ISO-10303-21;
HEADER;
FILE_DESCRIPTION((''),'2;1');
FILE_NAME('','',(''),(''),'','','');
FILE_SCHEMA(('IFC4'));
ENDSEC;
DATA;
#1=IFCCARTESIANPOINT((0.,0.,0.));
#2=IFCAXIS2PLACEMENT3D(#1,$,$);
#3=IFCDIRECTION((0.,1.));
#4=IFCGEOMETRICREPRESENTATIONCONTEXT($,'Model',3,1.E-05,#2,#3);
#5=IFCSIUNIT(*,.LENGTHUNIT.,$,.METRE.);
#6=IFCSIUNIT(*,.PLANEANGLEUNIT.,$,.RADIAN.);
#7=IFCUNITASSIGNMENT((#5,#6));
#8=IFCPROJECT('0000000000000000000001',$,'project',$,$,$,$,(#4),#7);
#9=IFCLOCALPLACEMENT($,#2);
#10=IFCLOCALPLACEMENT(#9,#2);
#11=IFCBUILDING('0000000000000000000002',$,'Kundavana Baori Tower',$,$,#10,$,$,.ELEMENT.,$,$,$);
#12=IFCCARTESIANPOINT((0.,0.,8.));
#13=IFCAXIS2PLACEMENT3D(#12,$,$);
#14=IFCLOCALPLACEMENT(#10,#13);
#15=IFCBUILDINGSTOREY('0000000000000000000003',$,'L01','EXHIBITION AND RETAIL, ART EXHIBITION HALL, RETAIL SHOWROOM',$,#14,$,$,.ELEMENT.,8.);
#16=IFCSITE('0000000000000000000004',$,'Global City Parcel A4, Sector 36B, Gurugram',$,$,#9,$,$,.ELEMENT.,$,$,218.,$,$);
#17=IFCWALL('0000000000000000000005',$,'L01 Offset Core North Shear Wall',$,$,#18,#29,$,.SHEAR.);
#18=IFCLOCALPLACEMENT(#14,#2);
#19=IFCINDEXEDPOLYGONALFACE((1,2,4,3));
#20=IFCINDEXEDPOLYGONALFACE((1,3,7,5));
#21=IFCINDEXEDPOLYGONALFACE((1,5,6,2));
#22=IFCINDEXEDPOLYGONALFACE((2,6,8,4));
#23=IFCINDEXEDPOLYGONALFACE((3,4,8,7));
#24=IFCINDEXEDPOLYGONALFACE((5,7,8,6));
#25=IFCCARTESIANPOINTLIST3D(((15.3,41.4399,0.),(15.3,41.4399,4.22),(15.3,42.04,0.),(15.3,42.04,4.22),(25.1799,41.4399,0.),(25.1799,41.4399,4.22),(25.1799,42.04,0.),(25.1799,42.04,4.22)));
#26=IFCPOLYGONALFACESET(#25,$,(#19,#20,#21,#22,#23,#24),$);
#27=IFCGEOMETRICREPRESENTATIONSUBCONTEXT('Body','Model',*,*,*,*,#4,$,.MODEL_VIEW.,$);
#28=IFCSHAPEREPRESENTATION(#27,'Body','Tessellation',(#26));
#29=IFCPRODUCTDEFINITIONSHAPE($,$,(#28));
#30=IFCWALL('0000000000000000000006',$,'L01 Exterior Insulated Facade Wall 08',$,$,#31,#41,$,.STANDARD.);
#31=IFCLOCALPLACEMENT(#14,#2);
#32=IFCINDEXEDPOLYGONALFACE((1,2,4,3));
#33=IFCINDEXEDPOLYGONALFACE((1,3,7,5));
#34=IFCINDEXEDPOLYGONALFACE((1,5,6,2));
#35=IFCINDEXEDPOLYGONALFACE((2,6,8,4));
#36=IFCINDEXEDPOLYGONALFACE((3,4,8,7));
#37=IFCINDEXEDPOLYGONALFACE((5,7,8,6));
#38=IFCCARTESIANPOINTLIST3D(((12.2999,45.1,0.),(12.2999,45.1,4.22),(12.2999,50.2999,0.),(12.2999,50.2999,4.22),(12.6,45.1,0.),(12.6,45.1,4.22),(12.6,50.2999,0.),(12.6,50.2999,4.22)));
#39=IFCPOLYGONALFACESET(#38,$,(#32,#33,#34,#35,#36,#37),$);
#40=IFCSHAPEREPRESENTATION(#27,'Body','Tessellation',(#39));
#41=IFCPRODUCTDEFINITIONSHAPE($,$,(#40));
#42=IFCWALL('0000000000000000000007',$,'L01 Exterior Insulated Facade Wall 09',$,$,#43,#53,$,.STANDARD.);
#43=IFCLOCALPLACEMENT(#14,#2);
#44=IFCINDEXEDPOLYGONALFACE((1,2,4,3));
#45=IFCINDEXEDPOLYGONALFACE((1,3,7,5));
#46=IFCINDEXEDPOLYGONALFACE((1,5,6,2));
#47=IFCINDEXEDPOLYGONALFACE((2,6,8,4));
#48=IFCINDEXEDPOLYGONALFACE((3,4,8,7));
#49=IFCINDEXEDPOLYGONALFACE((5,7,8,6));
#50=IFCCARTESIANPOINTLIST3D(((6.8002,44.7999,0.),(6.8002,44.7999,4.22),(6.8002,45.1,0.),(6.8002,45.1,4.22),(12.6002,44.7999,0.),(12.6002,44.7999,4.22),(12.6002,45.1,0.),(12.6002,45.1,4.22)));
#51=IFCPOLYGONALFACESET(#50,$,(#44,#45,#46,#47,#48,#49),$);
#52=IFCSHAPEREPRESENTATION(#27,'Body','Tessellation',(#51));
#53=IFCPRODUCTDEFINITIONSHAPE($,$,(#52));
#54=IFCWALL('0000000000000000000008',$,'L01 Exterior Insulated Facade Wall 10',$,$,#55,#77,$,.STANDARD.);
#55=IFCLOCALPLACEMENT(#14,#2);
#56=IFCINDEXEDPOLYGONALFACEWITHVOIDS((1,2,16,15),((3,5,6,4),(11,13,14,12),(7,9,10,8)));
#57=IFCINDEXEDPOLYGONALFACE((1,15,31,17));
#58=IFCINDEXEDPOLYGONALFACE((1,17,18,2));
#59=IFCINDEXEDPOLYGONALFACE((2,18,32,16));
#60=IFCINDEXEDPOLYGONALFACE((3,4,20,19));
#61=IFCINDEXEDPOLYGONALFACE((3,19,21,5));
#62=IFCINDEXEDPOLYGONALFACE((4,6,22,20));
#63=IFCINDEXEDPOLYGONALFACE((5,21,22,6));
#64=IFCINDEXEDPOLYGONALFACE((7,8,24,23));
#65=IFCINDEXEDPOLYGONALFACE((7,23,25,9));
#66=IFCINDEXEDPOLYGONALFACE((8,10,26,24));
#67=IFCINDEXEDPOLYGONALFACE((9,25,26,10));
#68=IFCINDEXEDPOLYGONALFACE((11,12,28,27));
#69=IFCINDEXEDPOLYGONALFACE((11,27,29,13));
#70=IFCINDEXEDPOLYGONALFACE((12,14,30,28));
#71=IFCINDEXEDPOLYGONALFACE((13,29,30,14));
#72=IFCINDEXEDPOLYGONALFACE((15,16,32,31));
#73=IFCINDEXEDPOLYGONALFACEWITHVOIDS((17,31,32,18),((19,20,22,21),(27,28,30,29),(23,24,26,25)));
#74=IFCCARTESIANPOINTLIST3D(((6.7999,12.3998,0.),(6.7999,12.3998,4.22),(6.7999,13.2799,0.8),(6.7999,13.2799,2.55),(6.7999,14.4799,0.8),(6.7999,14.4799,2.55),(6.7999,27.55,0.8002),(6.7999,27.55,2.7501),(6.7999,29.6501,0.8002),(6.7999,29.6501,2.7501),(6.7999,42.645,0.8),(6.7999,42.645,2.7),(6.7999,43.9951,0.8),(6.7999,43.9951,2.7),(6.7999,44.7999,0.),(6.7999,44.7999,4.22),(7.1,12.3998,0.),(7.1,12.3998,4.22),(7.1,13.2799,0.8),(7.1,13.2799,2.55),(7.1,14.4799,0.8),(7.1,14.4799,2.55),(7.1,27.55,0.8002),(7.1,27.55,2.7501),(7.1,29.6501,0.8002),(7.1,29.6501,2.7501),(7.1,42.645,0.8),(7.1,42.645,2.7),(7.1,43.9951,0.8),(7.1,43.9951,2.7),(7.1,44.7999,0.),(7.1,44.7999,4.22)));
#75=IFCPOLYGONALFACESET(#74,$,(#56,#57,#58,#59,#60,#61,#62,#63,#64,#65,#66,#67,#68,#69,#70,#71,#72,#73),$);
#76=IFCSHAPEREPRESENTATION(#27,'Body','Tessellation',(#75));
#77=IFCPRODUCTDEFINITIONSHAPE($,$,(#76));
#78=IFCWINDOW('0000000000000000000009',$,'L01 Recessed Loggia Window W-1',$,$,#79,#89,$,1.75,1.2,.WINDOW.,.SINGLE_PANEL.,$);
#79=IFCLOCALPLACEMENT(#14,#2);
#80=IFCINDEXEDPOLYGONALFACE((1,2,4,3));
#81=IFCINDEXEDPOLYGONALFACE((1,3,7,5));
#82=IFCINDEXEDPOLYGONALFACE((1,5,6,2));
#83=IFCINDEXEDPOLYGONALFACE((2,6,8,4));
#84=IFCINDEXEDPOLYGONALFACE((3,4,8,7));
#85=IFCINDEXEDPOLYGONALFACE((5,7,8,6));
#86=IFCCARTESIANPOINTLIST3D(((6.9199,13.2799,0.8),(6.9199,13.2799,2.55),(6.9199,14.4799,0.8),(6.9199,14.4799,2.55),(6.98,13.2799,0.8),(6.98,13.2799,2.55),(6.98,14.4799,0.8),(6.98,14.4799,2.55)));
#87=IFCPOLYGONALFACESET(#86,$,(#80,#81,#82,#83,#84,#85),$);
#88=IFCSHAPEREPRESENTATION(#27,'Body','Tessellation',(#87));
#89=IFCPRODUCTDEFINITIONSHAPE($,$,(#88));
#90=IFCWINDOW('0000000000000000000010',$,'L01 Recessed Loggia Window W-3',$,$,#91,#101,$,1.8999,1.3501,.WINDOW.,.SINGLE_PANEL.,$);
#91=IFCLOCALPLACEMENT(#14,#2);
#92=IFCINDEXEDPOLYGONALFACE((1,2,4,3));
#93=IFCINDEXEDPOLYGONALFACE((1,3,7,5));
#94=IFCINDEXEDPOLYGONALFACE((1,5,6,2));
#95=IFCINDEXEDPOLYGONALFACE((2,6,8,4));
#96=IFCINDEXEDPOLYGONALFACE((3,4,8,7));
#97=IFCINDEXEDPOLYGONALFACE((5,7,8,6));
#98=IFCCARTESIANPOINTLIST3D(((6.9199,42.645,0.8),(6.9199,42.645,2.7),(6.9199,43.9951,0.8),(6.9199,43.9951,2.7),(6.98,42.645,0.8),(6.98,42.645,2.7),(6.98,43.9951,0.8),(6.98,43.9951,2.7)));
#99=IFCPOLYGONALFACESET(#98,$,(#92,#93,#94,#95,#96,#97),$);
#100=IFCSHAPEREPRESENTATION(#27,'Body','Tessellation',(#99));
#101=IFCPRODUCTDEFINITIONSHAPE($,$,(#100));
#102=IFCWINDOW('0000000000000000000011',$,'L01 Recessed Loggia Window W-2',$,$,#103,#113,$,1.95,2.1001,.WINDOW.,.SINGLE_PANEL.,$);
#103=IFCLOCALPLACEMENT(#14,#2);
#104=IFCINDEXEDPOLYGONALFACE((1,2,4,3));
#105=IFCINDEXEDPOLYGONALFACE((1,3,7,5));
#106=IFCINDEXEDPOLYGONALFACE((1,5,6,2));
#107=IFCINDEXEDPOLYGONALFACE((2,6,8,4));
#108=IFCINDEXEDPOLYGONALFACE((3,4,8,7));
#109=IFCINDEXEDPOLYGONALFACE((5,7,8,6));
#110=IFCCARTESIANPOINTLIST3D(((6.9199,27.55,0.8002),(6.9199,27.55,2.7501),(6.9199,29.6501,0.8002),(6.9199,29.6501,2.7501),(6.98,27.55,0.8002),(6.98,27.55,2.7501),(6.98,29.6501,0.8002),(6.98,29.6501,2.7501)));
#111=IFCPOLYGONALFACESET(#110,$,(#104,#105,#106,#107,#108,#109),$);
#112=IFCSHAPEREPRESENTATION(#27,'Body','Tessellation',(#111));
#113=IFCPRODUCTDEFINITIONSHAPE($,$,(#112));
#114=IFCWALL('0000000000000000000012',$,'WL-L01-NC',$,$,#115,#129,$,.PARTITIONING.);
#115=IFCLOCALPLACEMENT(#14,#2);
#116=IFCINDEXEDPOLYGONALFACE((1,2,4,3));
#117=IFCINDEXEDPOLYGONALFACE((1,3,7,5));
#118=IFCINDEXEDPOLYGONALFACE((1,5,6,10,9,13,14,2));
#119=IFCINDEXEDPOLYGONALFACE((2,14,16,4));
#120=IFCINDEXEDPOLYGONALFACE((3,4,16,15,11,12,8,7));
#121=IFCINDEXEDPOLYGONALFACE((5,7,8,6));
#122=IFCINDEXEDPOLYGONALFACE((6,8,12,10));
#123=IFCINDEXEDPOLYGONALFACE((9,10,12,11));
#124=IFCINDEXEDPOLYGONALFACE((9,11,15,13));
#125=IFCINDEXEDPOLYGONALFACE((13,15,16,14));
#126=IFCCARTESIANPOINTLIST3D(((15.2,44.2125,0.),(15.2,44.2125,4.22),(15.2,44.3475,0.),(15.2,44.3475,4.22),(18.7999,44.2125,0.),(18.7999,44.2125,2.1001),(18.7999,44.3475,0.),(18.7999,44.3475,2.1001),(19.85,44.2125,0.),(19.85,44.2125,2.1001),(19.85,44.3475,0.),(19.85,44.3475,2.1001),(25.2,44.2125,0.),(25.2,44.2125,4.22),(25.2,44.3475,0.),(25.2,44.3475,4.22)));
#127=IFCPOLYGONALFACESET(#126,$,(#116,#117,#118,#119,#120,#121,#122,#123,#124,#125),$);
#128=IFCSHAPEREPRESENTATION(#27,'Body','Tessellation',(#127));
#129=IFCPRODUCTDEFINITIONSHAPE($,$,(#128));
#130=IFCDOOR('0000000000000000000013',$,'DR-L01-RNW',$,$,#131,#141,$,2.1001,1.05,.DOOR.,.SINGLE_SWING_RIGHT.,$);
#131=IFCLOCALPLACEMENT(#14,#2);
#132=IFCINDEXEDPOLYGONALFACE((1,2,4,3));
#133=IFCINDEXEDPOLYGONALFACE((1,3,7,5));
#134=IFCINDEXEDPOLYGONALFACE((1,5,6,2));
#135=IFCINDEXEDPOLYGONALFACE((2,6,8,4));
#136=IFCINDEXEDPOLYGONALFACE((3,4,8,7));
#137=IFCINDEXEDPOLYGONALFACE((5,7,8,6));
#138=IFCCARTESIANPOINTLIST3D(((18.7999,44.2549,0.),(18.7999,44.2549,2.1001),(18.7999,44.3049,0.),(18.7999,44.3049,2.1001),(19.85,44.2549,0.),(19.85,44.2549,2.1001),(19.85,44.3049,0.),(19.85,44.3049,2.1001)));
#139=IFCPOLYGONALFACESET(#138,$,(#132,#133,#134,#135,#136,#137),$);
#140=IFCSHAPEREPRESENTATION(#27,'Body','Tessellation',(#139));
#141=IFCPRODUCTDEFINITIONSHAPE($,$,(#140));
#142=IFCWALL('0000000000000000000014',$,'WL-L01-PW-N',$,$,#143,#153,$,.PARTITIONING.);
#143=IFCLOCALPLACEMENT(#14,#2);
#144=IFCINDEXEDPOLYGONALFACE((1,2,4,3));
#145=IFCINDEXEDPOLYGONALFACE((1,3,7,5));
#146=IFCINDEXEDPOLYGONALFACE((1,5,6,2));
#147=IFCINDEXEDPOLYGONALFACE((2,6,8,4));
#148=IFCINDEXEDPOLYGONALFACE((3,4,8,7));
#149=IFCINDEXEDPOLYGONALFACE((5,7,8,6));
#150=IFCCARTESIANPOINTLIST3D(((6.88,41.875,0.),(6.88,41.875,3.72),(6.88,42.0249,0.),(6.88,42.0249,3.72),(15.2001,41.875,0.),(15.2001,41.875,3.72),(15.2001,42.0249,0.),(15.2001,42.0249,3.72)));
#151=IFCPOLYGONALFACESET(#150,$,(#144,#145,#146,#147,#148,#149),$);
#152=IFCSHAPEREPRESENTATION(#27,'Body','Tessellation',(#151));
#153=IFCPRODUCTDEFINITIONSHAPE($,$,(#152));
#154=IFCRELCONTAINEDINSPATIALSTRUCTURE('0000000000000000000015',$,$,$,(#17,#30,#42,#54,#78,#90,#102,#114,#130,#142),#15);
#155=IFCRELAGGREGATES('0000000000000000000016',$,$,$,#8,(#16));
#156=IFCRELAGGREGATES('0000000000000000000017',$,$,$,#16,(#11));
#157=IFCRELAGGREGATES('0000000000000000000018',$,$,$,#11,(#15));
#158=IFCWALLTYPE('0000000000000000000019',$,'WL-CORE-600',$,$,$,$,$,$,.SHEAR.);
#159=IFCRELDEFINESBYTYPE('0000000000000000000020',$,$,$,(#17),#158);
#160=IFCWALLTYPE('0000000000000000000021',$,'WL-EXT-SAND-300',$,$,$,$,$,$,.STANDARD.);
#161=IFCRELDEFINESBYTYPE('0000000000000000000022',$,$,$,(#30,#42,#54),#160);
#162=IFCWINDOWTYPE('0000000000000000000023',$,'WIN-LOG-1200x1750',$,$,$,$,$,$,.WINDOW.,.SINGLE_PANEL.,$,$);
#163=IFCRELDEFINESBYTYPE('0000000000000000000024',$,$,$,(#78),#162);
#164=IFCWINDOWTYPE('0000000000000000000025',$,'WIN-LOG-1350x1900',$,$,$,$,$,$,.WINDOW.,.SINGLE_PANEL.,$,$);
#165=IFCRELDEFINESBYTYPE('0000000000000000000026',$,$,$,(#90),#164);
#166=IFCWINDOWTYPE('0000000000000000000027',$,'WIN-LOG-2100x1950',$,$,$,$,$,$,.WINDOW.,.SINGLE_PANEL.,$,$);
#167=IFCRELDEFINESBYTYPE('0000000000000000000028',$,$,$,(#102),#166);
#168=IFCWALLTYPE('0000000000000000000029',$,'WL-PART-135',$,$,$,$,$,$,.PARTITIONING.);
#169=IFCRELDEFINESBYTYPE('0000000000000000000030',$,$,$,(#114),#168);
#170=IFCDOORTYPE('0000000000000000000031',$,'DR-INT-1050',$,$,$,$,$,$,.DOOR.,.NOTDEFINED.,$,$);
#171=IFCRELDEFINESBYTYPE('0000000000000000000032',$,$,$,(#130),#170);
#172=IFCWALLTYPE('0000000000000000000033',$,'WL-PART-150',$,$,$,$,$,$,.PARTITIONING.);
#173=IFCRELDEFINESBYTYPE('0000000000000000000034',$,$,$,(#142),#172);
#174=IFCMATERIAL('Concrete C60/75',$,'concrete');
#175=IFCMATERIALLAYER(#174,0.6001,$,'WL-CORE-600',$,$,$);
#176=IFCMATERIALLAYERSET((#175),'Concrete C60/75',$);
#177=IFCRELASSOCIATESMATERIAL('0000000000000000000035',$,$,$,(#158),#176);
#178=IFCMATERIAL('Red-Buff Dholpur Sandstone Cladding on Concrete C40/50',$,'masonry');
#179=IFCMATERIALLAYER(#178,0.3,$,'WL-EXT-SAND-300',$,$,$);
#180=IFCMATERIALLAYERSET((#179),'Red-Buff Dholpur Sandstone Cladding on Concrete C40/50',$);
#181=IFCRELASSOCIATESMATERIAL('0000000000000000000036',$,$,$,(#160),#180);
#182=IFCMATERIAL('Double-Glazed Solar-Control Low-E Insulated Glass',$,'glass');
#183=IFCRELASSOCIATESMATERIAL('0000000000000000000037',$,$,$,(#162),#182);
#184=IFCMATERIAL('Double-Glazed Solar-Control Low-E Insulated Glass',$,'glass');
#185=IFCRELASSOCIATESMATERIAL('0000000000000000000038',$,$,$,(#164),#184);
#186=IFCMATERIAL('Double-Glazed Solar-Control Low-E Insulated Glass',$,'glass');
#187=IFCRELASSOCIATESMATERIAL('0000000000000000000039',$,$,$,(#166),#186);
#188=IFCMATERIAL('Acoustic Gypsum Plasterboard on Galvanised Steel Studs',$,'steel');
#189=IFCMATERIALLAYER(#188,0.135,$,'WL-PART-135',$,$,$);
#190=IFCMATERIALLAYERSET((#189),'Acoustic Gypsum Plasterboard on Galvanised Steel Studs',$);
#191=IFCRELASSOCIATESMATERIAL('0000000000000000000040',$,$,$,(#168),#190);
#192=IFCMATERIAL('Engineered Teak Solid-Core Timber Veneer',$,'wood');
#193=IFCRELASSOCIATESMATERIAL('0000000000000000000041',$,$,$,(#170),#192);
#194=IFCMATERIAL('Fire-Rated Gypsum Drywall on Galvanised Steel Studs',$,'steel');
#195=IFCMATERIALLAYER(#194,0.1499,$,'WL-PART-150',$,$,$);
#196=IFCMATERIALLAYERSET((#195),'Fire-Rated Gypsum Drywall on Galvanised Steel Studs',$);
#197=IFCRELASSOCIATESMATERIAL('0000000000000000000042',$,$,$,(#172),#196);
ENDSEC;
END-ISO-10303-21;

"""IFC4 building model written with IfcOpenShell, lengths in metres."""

from ifc_helpers import new_model, si_unit, direction, frame, frame_2d, origin, place, context, subcontext, project, spatial, rectangle, extrude, material, layer, layer_set, type_object, element, fill, save


model = new_model("IFC4")

# Units and contexts
model_context = context("Model", 3, precision=1e-05, world=origin(), true_north=direction((0.0, 1.0)))
body_context = subcontext(model_context, "Body", "Model", "MODEL_VIEW")
ifc_project = project(units=[si_unit("LENGTHUNIT", "METRE"), si_unit("PLANEANGLEUNIT", "RADIAN")], contexts=[model_context])

# Site, building, storey
site_placement = place(None, origin())
site = spatial("IfcSite", under=ifc_project, at=site_placement, Name="Global City Parcel A4, Sector 36B, Gurugram", CompositionType="ELEMENT", RefElevation=218.0)
building_placement = place(site_placement, origin())
building = spatial("IfcBuilding", under=site, at=building_placement, Name="Kundavana Baori Tower", CompositionType="ELEMENT")
storey_placement = place(building_placement, frame((0.0, 0.0, 8.0)))
storey = spatial("IfcBuildingStorey", under=building, at=storey_placement, Name="L01", Description="EXHIBITION AND RETAIL, ART EXHIBITION HALL, RETAIL SHOWROOM", CompositionType="ELEMENT", Elevation=8.0)

# Walls
ifc_material_1 = material(Name="Concrete C60/75", Category="concrete")
ifc_layer_1 = layer(ifc_material_1, 0.6001, Name="WL-CORE-600")
ifc_layer_set_1 = layer_set([ifc_layer_1], Name="Concrete C60/75")
wall_type_1 = type_object("IfcWallType", Name="WL-CORE-600", PredefinedType="SHEAR", material=ifc_layer_set_1)
wall_1_placement = place(storey_placement, frame((15.3, 41.74, 0.0), z_axis=(0.0, 0.0, 1.0), x_axis=(1.0, 0.0, 0.0)))
element("IfcWall", 1, at=wall_1_placement, inside=storey, type_object=wall_type_1, Name="L01 Offset Core North Shear Wall", PredefinedType="SHEAR", context=body_context, shape_type="SweptSolid", body=[
    extrude(rectangle(XDim=9.8799, YDim=0.6001, at=frame_2d((4.9399, 0.0))), origin(), (0.0, 0.0, 1.0), 4.22),
])
ifc_material_2 = material(Name="Red-Buff Dholpur Sandstone Cladding on Concrete C40/50", Category="masonry")
ifc_layer_2 = layer(ifc_material_2, 0.3, Name="WL-EXT-SAND-300")
ifc_layer_set_2 = layer_set([ifc_layer_2], Name="Red-Buff Dholpur Sandstone Cladding on Concrete C40/50")
wall_type_2 = type_object("IfcWallType", Name="WL-EXT-SAND-300", PredefinedType="STANDARD", material=ifc_layer_set_2)
wall_2_placement = place(storey_placement, frame((12.45, 50.3, 0.0), z_axis=(0.0, 0.0, 1.0), x_axis=(0.0, -1.0, 0.0)))
element("IfcWall", 2, at=wall_2_placement, inside=storey, type_object=wall_type_2, Name="L01 Exterior Insulated Facade Wall 08", PredefinedType="STANDARD", context=body_context, shape_type="SweptSolid", body=[
    extrude(rectangle(XDim=5.2, YDim=0.3, at=frame_2d((2.6001, 0.0))), origin(), (0.0, 0.0, 1.0), 4.22),
])
wall_3_placement = place(storey_placement, frame((12.6001, 44.95, 0.0), z_axis=(0.0, 0.0, 1.0), x_axis=(-1.0, 0.0, 0.0)))
element("IfcWall", 3, at=wall_3_placement, inside=storey, type_object=wall_type_2, Name="L01 Exterior Insulated Facade Wall 09", PredefinedType="STANDARD", context=body_context, shape_type="SweptSolid", body=[
    extrude(rectangle(XDim=5.8, YDim=0.3, at=frame_2d((2.8999, 0.0))), origin(), (0.0, 0.0, 1.0), 4.22),
])

# Wall, openings, windows
wall_4_placement = place(storey_placement, frame((6.95, 44.8, 0.0), z_axis=(0.0, 0.0, 1.0), x_axis=(0.0, -1.0, 0.0)))
wall_4 = element("IfcWall", 4, at=wall_4_placement, inside=storey, type_object=wall_type_2, Name="L01 Exterior Insulated Facade Wall 10", PredefinedType="STANDARD", context=body_context, shape_type="SweptSolid", body=[
    extrude(rectangle(XDim=32.4001, YDim=0.3, at=frame_2d((16.2002, 0.0))), origin(), (0.0, 0.0, 1.0), 4.22),
])
opening_1_placement = place(wall_4_placement, frame((30.3201, 0.0, 0.8)))
opening_1 = element("IfcOpeningElement", 5, at=opening_1_placement, cuts=wall_4, PredefinedType="OPENING", context=body_context, shape_type="SweptSolid", body=[
    extrude(rectangle(XDim=1.2, YDim=1.75, at=frame_2d((0.6001, 0.875))), frame((0.0, 0.1602, 0.0), z_axis=(0.0, -1.0, 0.0), x_axis=(1.0, 0.0, 0.0)), (0.0, 0.0, 1.0), 0.3201),
])
opening_2_placement = place(wall_4_placement, frame((15.1499, 0.0, 0.8)))
opening_2 = element("IfcOpeningElement", 6, at=opening_2_placement, cuts=wall_4, PredefinedType="OPENING", context=body_context, shape_type="SweptSolid", body=[
    extrude(rectangle(XDim=2.1001, YDim=1.95, at=frame_2d((1.05, 0.9751))), frame((0.0, 0.1602, 0.0), z_axis=(0.0, -1.0, 0.0), x_axis=(1.0, 0.0, 0.0)), (0.0, 0.0, 1.0), 0.3201),
])
opening_3_placement = place(wall_4_placement, frame((0.8049, 0.0, 0.8)))
opening_3 = element("IfcOpeningElement", 7, at=opening_3_placement, cuts=wall_4, PredefinedType="OPENING", context=body_context, shape_type="SweptSolid", body=[
    extrude(rectangle(XDim=1.3501, YDim=1.8999, at=frame_2d((0.675, 0.95))), frame((0.0, 0.1602, 0.0), z_axis=(0.0, -1.0, 0.0), x_axis=(1.0, 0.0, 0.0)), (0.0, 0.0, 1.0), 0.3201),
])
ifc_material_3 = material(Name="Double-Glazed Solar-Control Low-E Insulated Glass", Category="glass")
window_type_1 = type_object("IfcWindowType", Name="WIN-LOG-1200x1750", PartitioningType="SINGLE_PANEL", PredefinedType="WINDOW", material=ifc_material_3)
window_1_placement = place(opening_1_placement, origin())
window_1 = element("IfcWindow", 8, at=window_1_placement, inside=storey, type_object=window_type_1, Name="L01 Recessed Loggia Window W-1", OverallHeight=1.75, OverallWidth=1.2, PartitioningType="SINGLE_PANEL", PredefinedType="WINDOW", context=body_context, shape_type="SweptSolid", body=[
    extrude(rectangle(XDim=1.2, YDim=1.75, at=frame_2d((0.6001, 0.875))), frame((0.0, 0.03, 0.0), z_axis=(0.0, -1.0, 0.0), x_axis=(1.0, 0.0, 0.0)), (0.0, 0.0, 1.0), 0.0601),
])
fill(opening_1, window_1)
ifc_material_4 = material(Name="Double-Glazed Solar-Control Low-E Insulated Glass", Category="glass")
window_type_2 = type_object("IfcWindowType", Name="WIN-LOG-1350x1900", PartitioningType="SINGLE_PANEL", PredefinedType="WINDOW", material=ifc_material_4)
window_2_placement = place(opening_3_placement, origin())
window_2 = element("IfcWindow", 9, at=window_2_placement, inside=storey, type_object=window_type_2, Name="L01 Recessed Loggia Window W-3", OverallHeight=1.8999, OverallWidth=1.3501, PartitioningType="SINGLE_PANEL", PredefinedType="WINDOW", context=body_context, shape_type="SweptSolid", body=[
    extrude(rectangle(XDim=1.3501, YDim=1.8999, at=frame_2d((0.675, 0.95))), frame((0.0, 0.03, 0.0), z_axis=(0.0, -1.0, 0.0), x_axis=(1.0, 0.0, 0.0)), (0.0, 0.0, 1.0), 0.0601),
])
fill(opening_3, window_2)
ifc_material_5 = material(Name="Double-Glazed Solar-Control Low-E Insulated Glass", Category="glass")
window_type_3 = type_object("IfcWindowType", Name="WIN-LOG-2100x1950", PartitioningType="SINGLE_PANEL", PredefinedType="WINDOW", material=ifc_material_5)
window_3_placement = place(opening_2_placement, origin())
window_3 = element("IfcWindow", 10, at=window_3_placement, inside=storey, type_object=window_type_3, Name="L01 Recessed Loggia Window W-2", OverallHeight=1.95, OverallWidth=2.1001, PartitioningType="SINGLE_PANEL", PredefinedType="WINDOW", context=body_context, shape_type="SweptSolid", body=[
    extrude(rectangle(XDim=2.1001, YDim=1.95, at=frame_2d((1.05, 0.9751))), frame((0.0, 0.03, 0.0), z_axis=(0.0, -1.0, 0.0), x_axis=(1.0, 0.0, 0.0)), (0.0, 0.0, 1.0), 0.0601),
])
fill(opening_2, window_3)

# Wall, opening, door
ifc_material_6 = material(Name="Acoustic Gypsum Plasterboard on Galvanised Steel Studs", Category="steel")
ifc_layer_3 = layer(ifc_material_6, 0.135, Name="WL-PART-135")
ifc_layer_set_3 = layer_set([ifc_layer_3], Name="Acoustic Gypsum Plasterboard on Galvanised Steel Studs")
wall_type_3 = type_object("IfcWallType", Name="WL-PART-135", PredefinedType="PARTITIONING", material=ifc_layer_set_3)
wall_5_placement = place(storey_placement, frame((15.2, 44.28, 0.0), z_axis=(0.0, 0.0, 1.0), x_axis=(1.0, 0.0, 0.0)))
wall_5 = element("IfcWall", 11, at=wall_5_placement, inside=storey, type_object=wall_type_3, Name="WL-L01-NC", PredefinedType="PARTITIONING", context=body_context, shape_type="SweptSolid", body=[
    extrude(rectangle(XDim=10.0, YDim=0.135, at=frame_2d((5.0, 0.0))), origin(), (0.0, 0.0, 1.0), 4.22),
])
opening_4_placement = place(wall_5_placement, frame((3.6001, 0.0, 0.0)))
opening_4 = element("IfcOpeningElement", 12, at=opening_4_placement, cuts=wall_5, PredefinedType="OPENING", context=body_context, shape_type="SweptSolid", body=[
    extrude(rectangle(XDim=1.05, YDim=2.1001, at=frame_2d((0.5249, 1.05))), frame((0.0, 0.0776, 0.0), z_axis=(0.0, -1.0, 0.0), x_axis=(1.0, 0.0, 0.0)), (0.0, 0.0, 1.0), 0.155),
])
ifc_material_7 = material(Name="Engineered Teak Solid-Core Timber Veneer", Category="wood")
door_type = type_object("IfcDoorType", Name="DR-INT-1050", OperationType="NOTDEFINED", PredefinedType="DOOR", material=ifc_material_7)
door_placement = place(opening_4_placement, origin())
door = element("IfcDoor", 13, at=door_placement, inside=storey, type_object=door_type, Name="DR-L01-RNW", OperationType="SINGLE_SWING_RIGHT", OverallHeight=2.1001, OverallWidth=1.05, PredefinedType="DOOR", context=body_context, shape_type="SweptSolid", body=[
    extrude(rectangle(XDim=1.05, YDim=2.1001, at=frame_2d((0.5249, 1.05))), frame((0.0, 0.0249, 0.0), z_axis=(0.0, -1.0, 0.0), x_axis=(1.0, 0.0, 0.0)), (0.0, 0.0, 1.0), 0.05),
])
fill(opening_4, door)

# Wall
ifc_material_8 = material(Name="Fire-Rated Gypsum Drywall on Galvanised Steel Studs", Category="steel")
ifc_layer_4 = layer(ifc_material_8, 0.1499, Name="WL-PART-150")
ifc_layer_set_4 = layer_set([ifc_layer_4], Name="Fire-Rated Gypsum Drywall on Galvanised Steel Studs")
wall_type_4 = type_object("IfcWallType", Name="WL-PART-150", PredefinedType="PARTITIONING", material=ifc_layer_set_4)
wall_6_placement = place(storey_placement, frame((6.8799, 41.95, 0.0), z_axis=(0.0, 0.0, 1.0), x_axis=(1.0, 0.0, 0.0)))
element("IfcWall", 14, at=wall_6_placement, inside=storey, type_object=wall_type_4, Name="WL-L01-PW-N", PredefinedType="PARTITIONING", context=body_context, shape_type="SweptSolid", body=[
    extrude(rectangle(XDim=8.3201, YDim=0.1499, at=frame_2d((4.1602, 0.0))), origin(), (0.0, 0.0, 1.0), 3.72),
])

save(model, "model.ifc")
